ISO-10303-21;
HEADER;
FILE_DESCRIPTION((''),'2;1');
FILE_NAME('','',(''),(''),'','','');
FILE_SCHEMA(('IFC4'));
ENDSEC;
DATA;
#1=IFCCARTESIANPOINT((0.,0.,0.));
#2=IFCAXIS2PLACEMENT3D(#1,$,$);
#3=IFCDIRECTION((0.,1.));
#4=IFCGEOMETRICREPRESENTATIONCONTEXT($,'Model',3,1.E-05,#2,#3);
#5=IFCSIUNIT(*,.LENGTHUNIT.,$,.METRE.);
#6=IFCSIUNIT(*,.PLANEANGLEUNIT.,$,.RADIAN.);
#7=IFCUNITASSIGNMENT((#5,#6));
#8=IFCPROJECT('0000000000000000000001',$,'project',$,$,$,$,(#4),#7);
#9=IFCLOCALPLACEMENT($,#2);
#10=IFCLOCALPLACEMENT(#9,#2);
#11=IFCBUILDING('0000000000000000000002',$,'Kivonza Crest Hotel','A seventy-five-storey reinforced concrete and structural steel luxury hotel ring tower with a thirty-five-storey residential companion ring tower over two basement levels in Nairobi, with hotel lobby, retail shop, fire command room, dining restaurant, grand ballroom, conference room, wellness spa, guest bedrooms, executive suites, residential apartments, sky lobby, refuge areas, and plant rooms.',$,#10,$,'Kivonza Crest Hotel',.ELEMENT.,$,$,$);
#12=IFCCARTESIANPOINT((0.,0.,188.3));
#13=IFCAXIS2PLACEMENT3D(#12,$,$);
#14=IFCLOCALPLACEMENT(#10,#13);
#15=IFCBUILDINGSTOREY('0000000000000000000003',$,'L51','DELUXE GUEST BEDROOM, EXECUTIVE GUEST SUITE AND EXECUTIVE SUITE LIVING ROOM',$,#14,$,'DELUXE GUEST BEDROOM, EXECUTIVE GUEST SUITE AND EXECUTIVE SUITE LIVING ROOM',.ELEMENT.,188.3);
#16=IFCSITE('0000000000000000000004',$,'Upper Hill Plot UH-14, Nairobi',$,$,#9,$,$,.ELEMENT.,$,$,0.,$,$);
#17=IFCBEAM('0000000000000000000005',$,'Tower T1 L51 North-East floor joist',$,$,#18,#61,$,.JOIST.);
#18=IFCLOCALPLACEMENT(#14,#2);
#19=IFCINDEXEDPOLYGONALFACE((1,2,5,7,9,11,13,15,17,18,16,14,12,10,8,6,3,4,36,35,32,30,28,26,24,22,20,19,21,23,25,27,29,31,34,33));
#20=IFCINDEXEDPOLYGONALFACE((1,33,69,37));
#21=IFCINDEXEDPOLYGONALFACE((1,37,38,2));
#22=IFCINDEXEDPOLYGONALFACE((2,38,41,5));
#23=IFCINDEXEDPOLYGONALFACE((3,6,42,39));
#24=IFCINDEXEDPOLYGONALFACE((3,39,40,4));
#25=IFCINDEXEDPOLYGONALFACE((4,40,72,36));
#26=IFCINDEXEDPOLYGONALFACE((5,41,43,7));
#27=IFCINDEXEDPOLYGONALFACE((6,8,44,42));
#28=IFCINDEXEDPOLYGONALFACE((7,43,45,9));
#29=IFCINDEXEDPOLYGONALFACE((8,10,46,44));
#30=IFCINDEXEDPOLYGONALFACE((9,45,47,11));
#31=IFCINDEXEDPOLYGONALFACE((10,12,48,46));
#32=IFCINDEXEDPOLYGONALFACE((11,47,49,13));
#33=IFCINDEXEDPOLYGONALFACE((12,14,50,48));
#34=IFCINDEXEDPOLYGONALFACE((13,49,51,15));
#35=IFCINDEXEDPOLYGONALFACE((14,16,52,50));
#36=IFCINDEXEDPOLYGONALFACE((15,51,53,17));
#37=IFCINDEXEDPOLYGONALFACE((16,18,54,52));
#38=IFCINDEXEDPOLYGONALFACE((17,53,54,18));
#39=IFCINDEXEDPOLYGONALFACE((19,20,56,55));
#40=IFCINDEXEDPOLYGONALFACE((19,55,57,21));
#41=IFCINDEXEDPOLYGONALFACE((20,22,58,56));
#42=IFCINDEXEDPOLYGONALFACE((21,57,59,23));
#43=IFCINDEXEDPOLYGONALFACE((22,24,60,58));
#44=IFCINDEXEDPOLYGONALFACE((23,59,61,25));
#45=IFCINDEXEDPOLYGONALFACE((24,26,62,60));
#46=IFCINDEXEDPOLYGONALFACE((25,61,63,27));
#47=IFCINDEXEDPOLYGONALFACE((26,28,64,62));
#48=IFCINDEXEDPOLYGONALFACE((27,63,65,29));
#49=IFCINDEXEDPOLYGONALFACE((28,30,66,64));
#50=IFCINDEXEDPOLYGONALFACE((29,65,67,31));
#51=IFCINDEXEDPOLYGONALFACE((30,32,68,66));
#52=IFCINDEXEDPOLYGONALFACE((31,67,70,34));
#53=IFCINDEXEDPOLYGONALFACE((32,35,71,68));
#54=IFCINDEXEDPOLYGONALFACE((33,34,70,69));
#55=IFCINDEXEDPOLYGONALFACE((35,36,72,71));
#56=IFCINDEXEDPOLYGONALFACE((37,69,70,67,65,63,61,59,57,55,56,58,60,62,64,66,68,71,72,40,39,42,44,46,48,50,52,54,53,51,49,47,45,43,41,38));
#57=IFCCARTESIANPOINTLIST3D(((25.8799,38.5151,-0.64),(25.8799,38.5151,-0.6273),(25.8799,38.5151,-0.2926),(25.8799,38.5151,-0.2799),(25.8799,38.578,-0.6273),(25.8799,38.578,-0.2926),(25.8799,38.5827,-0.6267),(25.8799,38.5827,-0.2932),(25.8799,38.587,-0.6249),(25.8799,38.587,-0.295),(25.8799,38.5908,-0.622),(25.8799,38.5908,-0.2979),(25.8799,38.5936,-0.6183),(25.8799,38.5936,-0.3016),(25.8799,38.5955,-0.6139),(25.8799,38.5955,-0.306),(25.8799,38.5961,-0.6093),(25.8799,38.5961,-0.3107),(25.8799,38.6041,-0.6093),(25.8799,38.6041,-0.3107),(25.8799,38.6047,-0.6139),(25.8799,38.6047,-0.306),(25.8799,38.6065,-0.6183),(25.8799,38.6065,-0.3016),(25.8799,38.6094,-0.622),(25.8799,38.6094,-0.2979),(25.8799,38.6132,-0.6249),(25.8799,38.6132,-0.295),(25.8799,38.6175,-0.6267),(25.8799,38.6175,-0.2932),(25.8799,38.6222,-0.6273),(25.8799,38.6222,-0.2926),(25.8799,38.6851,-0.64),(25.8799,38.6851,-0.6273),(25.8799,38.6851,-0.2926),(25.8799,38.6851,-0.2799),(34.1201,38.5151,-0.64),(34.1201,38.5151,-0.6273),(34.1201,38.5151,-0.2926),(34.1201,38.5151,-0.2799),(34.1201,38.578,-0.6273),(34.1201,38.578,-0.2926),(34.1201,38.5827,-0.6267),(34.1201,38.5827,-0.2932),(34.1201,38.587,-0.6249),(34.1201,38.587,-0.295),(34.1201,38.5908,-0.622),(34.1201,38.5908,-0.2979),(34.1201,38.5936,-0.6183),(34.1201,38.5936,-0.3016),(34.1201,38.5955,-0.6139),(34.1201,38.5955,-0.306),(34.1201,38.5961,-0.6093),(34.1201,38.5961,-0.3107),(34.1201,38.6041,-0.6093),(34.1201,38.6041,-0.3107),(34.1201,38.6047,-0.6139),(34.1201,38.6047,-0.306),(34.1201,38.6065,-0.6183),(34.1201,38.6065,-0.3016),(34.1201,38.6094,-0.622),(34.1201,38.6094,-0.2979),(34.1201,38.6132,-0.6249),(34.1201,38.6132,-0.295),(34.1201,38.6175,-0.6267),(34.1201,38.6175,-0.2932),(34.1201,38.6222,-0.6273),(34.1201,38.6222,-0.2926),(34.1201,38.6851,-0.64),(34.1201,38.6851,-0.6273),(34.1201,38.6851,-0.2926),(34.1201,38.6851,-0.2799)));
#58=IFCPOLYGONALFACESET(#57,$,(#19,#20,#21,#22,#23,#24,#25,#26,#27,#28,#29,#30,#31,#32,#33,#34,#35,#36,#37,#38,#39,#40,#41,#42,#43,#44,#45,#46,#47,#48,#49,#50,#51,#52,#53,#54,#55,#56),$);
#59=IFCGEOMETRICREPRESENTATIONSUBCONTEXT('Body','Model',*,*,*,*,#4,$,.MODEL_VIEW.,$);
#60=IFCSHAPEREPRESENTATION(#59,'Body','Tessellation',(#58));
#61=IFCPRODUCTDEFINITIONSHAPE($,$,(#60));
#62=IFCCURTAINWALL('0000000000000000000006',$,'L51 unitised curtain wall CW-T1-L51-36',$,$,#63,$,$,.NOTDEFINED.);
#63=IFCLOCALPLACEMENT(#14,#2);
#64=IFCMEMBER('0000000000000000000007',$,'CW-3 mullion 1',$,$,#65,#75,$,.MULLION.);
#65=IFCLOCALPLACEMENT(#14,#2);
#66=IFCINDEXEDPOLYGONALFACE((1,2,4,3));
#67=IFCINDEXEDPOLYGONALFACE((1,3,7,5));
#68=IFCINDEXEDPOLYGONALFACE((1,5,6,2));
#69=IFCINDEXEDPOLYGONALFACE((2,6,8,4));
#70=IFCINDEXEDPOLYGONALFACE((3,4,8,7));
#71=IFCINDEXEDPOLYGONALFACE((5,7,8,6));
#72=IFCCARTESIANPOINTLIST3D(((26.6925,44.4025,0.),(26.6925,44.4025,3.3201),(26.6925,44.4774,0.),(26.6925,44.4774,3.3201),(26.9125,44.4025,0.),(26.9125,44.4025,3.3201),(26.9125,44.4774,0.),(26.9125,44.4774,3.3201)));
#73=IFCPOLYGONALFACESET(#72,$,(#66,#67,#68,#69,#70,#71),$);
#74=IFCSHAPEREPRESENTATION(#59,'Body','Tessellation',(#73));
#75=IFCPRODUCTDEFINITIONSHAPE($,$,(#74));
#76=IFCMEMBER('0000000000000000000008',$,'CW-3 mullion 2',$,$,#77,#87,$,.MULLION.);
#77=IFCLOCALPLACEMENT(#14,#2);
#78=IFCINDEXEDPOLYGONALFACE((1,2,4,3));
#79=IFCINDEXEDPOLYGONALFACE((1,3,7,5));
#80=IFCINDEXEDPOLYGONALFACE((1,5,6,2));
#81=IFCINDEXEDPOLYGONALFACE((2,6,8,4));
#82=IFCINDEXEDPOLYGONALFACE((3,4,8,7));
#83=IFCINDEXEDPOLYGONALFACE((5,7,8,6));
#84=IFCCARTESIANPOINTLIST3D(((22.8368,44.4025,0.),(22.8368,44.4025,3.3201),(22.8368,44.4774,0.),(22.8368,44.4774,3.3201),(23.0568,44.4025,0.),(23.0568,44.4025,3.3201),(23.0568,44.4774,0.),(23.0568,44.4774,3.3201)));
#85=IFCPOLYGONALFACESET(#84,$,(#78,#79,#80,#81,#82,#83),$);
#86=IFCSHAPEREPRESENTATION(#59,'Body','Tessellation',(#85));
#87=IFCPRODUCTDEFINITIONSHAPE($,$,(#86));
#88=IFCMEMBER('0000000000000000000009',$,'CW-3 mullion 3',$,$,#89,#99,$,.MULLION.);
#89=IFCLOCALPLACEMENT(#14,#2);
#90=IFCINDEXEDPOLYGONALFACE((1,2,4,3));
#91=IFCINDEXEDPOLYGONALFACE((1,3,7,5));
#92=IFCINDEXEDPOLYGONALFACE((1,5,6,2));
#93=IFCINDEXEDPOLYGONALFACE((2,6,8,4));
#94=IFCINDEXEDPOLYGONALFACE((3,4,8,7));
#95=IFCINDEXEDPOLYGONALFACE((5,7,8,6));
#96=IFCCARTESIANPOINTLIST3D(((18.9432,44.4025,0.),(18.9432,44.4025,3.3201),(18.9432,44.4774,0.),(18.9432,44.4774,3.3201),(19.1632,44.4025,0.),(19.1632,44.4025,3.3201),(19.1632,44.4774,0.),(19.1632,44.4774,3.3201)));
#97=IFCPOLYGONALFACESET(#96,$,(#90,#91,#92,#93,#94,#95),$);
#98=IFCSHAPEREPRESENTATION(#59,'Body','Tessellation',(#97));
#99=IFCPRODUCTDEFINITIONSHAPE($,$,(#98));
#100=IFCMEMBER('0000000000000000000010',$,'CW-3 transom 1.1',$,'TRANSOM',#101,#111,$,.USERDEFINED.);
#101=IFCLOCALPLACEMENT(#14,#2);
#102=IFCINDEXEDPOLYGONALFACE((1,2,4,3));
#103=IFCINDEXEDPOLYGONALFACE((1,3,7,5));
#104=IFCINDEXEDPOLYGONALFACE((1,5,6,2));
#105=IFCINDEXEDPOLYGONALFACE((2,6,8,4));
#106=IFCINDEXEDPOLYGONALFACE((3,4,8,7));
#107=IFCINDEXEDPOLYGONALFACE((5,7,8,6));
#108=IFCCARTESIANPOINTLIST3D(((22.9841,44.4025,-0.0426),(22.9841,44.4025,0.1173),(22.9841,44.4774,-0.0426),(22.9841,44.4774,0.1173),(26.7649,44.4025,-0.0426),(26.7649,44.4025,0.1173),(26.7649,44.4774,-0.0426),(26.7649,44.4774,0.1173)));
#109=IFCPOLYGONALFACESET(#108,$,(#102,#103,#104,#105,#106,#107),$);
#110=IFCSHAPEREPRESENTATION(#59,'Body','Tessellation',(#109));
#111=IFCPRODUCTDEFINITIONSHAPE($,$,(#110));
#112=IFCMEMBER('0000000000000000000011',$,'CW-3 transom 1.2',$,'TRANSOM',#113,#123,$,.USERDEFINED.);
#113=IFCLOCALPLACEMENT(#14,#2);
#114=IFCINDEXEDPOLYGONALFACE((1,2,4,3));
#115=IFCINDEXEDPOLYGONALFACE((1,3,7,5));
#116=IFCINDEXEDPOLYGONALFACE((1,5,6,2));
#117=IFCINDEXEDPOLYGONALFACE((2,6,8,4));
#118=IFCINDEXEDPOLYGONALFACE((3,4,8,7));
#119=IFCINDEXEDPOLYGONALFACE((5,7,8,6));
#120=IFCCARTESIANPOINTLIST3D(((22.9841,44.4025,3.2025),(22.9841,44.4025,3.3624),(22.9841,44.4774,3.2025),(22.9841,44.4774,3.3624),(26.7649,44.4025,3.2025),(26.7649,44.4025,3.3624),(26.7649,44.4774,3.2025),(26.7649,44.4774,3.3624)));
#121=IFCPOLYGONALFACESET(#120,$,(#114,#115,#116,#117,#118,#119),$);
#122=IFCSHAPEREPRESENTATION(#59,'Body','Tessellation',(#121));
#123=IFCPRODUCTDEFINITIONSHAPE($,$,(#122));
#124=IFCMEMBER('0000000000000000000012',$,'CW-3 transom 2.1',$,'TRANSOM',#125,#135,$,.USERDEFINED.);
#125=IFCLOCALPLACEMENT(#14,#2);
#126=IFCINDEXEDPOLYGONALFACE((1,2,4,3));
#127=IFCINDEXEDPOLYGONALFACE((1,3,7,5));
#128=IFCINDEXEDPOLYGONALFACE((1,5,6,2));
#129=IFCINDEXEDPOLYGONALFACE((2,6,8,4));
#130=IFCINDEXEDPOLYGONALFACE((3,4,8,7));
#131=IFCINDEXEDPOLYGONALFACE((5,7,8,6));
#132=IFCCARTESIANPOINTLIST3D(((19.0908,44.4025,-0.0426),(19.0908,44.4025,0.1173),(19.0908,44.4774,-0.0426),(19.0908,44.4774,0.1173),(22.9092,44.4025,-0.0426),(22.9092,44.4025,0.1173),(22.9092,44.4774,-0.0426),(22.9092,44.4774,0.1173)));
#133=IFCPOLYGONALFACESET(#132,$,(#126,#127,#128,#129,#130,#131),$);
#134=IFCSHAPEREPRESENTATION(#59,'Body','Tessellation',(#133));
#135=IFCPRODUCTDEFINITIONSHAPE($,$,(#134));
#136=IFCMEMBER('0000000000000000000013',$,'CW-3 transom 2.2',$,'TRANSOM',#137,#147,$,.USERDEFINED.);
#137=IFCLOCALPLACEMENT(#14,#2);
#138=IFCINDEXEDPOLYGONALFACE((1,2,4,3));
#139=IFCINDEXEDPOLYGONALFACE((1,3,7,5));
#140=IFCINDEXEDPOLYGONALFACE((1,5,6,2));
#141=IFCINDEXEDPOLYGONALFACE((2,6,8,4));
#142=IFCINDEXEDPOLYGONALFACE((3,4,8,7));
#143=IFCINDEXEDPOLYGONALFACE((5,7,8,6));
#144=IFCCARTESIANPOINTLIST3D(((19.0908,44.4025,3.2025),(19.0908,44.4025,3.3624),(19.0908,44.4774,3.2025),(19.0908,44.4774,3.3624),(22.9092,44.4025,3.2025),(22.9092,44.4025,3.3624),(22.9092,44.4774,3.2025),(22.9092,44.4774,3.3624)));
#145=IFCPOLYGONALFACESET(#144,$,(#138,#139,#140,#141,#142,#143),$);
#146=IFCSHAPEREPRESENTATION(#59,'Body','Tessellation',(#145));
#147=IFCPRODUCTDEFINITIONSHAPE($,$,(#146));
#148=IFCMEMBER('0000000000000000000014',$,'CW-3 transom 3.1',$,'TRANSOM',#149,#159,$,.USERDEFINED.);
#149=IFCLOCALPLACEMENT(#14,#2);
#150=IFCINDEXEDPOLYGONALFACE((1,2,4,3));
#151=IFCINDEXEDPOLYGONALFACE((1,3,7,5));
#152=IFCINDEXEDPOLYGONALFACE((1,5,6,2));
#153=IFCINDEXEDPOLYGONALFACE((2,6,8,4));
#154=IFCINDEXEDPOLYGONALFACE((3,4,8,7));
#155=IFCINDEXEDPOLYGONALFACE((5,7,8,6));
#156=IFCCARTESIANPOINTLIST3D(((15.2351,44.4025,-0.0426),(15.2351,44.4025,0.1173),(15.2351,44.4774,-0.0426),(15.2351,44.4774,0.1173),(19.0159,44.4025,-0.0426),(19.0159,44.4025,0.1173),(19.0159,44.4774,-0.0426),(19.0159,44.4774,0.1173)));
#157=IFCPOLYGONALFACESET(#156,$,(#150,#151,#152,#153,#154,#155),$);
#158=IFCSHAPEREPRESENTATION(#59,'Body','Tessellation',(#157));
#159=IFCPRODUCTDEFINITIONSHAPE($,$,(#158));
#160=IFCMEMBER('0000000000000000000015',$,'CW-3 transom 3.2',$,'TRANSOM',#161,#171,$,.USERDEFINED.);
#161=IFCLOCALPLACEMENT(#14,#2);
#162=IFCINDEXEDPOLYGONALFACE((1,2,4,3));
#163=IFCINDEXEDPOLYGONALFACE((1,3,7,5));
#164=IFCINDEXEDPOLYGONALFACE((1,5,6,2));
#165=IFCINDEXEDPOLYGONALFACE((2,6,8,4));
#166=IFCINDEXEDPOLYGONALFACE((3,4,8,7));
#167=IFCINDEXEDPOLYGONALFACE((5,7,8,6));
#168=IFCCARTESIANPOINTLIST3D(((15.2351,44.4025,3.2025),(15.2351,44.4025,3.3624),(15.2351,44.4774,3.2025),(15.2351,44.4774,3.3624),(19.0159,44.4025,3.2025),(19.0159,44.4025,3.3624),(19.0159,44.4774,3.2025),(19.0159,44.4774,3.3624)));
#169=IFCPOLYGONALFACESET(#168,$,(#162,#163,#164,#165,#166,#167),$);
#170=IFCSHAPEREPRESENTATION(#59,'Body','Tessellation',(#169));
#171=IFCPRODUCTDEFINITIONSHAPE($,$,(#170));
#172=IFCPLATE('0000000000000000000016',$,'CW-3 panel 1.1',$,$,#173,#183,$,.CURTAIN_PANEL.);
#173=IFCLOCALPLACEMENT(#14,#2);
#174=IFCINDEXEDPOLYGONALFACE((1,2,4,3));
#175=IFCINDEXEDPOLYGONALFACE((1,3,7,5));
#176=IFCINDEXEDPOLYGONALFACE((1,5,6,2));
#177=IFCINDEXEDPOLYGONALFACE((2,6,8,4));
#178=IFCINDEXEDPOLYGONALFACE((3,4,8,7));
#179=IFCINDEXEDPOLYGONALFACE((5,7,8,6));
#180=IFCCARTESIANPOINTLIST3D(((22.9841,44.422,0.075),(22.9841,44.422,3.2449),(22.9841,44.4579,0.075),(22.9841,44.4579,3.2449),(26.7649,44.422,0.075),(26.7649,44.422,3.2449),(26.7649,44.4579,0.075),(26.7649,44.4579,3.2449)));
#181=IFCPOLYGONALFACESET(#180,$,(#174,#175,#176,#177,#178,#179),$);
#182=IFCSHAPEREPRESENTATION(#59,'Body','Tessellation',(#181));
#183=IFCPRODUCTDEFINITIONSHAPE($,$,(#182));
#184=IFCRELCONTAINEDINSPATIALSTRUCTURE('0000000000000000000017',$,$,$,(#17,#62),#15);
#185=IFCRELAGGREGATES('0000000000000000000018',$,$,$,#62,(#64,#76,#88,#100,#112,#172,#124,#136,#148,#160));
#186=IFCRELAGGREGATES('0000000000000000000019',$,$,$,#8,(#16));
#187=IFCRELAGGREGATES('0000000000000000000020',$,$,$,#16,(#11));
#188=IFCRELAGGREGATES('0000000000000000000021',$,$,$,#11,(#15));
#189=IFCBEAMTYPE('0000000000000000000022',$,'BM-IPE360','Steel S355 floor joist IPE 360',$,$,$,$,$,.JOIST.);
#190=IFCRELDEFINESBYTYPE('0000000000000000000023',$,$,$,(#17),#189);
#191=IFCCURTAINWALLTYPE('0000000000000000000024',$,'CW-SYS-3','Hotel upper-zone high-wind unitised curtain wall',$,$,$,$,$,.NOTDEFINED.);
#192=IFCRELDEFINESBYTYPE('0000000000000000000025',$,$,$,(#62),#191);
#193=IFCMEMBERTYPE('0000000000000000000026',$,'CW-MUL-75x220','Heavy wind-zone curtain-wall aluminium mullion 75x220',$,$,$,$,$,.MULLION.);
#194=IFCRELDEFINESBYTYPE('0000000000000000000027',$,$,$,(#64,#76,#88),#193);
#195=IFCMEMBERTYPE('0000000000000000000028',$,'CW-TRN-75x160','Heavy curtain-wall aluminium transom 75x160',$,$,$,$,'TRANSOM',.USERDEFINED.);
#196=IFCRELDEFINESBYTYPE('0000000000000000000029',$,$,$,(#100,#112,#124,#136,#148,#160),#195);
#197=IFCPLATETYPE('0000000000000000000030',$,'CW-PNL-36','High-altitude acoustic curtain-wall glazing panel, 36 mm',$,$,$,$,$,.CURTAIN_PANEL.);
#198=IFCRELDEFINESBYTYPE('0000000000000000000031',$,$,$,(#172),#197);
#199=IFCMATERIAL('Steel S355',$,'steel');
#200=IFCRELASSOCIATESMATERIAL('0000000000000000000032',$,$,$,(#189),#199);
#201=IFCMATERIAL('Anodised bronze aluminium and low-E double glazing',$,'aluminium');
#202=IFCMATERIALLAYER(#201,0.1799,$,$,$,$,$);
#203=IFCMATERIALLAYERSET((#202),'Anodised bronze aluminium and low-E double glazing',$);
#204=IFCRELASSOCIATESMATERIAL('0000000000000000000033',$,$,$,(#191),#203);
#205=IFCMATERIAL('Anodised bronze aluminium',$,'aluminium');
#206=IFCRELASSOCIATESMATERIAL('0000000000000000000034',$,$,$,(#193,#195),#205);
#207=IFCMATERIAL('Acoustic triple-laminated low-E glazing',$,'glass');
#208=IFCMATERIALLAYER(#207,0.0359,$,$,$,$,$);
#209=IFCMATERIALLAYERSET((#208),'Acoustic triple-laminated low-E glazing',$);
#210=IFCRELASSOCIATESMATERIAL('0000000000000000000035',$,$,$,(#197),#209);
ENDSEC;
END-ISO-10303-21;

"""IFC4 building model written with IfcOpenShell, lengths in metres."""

from ifc_helpers import new_model, si_unit, direction, frame, origin, origin_2d, place, context, subcontext, project, spatial, rectangle, i_section, extrude, material, layer, layer_set, material_profile, profile_set, type_object, element, aggregate, save


model = new_model("IFC4")

# Units and contexts
model_context = context("Model", 3, precision=1e-05, world=origin(), true_north=direction((0.0, 1.0)))
body_context = subcontext(model_context, "Body", "Model", "MODEL_VIEW")
ifc_project = project(units=[si_unit("LENGTHUNIT", "METRE"), si_unit("PLANEANGLEUNIT", "RADIAN")], contexts=[model_context])

# Site, building, storey
site_placement = place(None, origin())
site = spatial("IfcSite", under=ifc_project, at=site_placement, Name="Upper Hill Plot UH-14, Nairobi", CompositionType="ELEMENT", RefElevation=0.0)
building_placement = place(site_placement, origin())
building = spatial("IfcBuilding", under=site, at=building_placement, Name="Kivonza Crest Hotel", Description="A seventy-five-storey reinforced concrete and structural steel luxury hotel ring tower with a thirty-five-storey residential companion ring tower over two basement levels in Nairobi, with hotel lobby, retail shop, fire command room, dining restaurant, grand ballroom, conference room, wellness spa, guest bedrooms, executive suites, residential apartments, sky lobby, refuge areas, and plant rooms.", LongName="Kivonza Crest Hotel", CompositionType="ELEMENT")
storey_placement = place(building_placement, frame((0.0, 0.0, 188.3)))
storey = spatial("IfcBuildingStorey", under=building, at=storey_placement, Name="L51", Description="DELUXE GUEST BEDROOM, EXECUTIVE GUEST SUITE AND EXECUTIVE SUITE LIVING ROOM", LongName="DELUXE GUEST BEDROOM, EXECUTIVE GUEST SUITE AND EXECUTIVE SUITE LIVING ROOM", CompositionType="ELEMENT", Elevation=188.3)

# Beam
ifc_material_1 = material(Name="Steel S355", Category="steel")
ifc_material_profile_1 = material_profile(ifc_material_1, i_section(OverallWidth=0.1699, OverallDepth=0.3601, WebThickness=0.0081, FlangeThickness=0.0127, FilletRadius=0.0181, at=origin_2d()), Name="IPE 360")
ifc_profile_set_1 = profile_set([ifc_material_profile_1], Name="Steel S355")
beam_type_1 = type_object("IfcBeamType", Name="BM-IPE360", Description="Steel S355 floor joist IPE 360", PredefinedType="JOIST", material=ifc_profile_set_1)
beam_1_placement = place(storey_placement, frame((25.8799, 38.6001, -0.46), z_axis=(1.0, 0.0, 0.0), x_axis=(0.0, 1.0, 0.0)))
element("IfcBeam", 1, at=beam_1_placement, inside=storey, type_object=beam_type_1, Name="Tower T1 L51 North-East floor joist", PredefinedType="JOIST", context=body_context, shape_type="SweptSolid", body=[
    extrude(i_section(OverallWidth=0.1699, OverallDepth=0.3601, WebThickness=0.0081, FlangeThickness=0.0127, FilletRadius=0.0181, at=origin_2d()), origin(), (0.0, 0.0, 1.0), 8.2402),
])

# Curtain wall, members, plate
ifc_material_2 = material(Name="Anodised bronze aluminium and low-E double glazing", Category="aluminium")
ifc_layer_1 = layer(ifc_material_2, 0.1799)
ifc_layer_set_1 = layer_set([ifc_layer_1], Name="Anodised bronze aluminium and low-E double glazing")
curtain_wall_type = type_object("IfcCurtainWallType", Name="CW-SYS-3", Description="Hotel upper-zone high-wind unitised curtain wall", PredefinedType="NOTDEFINED", material=ifc_layer_set_1)
curtain_wall_placement = place(storey_placement, origin())
curtain_wall = element("IfcCurtainWall", 2, at=curtain_wall_placement, inside=storey, type_object=curtain_wall_type, Name="L51 unitised curtain wall CW-T1-L51-36", PredefinedType="NOTDEFINED")
ifc_material_3 = material(Name="Anodised bronze aluminium", Category="aluminium")
ifc_material_profile_2 = material_profile(ifc_material_3, rectangle(XDim=0.075, YDim=0.22, at=origin_2d()), Name="CW-M 75x220")
ifc_profile_set_2 = profile_set([ifc_material_profile_2], Name="Anodised bronze aluminium")
member_type_1 = type_object("IfcMemberType", Name="CW-MUL-75x220", Description="Heavy wind-zone curtain-wall aluminium mullion 75x220", PredefinedType="MULLION", material=ifc_profile_set_2)
member_1_placement = place(storey_placement, frame((26.8025, 44.4399, 0.0), z_axis=(0.0, 0.0, 1.0), x_axis=(0.0, -1.0, 0.0)))
member_1 = element("IfcMember", 3, at=member_1_placement, type_object=member_type_1, Name="CW-3 mullion 1", PredefinedType="MULLION", context=body_context, shape_type="SweptSolid", body=[
    extrude(rectangle(XDim=0.075, YDim=0.22, at=origin_2d()), origin(), (0.0, 0.0, 1.0), 3.3201),
])
member_2_placement = place(storey_placement, frame((22.9468, 44.4399, 0.0), z_axis=(0.0, 0.0, 1.0), x_axis=(0.0, -1.0, 0.0)))
member_2 = element("IfcMember", 4, at=member_2_placement, type_object=member_type_1, Name="CW-3 mullion 2", PredefinedType="MULLION", context=body_context, shape_type="SweptSolid", body=[
    extrude(rectangle(XDim=0.075, YDim=0.22, at=origin_2d()), origin(), (0.0, 0.0, 1.0), 3.3201),
])
member_3_placement = place(storey_placement, frame((19.0532, 44.4399, 0.0), z_axis=(0.0, 0.0, 1.0), x_axis=(0.0, -1.0, 0.0)))
member_3 = element("IfcMember", 5, at=member_3_placement, type_object=member_type_1, Name="CW-3 mullion 3", PredefinedType="MULLION", context=body_context, shape_type="SweptSolid", body=[
    extrude(rectangle(XDim=0.075, YDim=0.22, at=origin_2d()), origin(), (0.0, 0.0, 1.0), 3.3201),
])
ifc_material_profile_3 = material_profile(ifc_material_3, rectangle(XDim=0.075, YDim=0.1599, at=origin_2d()), Name="CW-T 75x160")
ifc_profile_set_3 = profile_set([ifc_material_profile_3], Name="Anodised bronze aluminium")
member_type_2 = type_object("IfcMemberType", Name="CW-TRN-75x160", Description="Heavy curtain-wall aluminium transom 75x160", ElementType="TRANSOM", PredefinedType="USERDEFINED", material=ifc_profile_set_3)
member_4_placement = place(storey_placement, frame((26.7649, 44.4399, 0.0374), z_axis=(-1.0, 0.0, 0.0), x_axis=(0.0, -1.0, 0.0)))
member_4 = element("IfcMember", 6, at=member_4_placement, type_object=member_type_2, Name="CW-3 transom 1.1", ObjectType="TRANSOM", PredefinedType="USERDEFINED", context=body_context, shape_type="SweptSolid", body=[
    extrude(rectangle(XDim=0.075, YDim=0.1599, at=origin_2d()), origin(), (0.0, 0.0, 1.0), 3.7808),
])
member_5_placement = place(storey_placement, frame((26.7649, 44.4399, 3.2825), z_axis=(-1.0, 0.0, 0.0), x_axis=(0.0, -1.0, 0.0)))
member_5 = element("IfcMember", 7, at=member_5_placement, type_object=member_type_2, Name="CW-3 transom 1.2", ObjectType="TRANSOM", PredefinedType="USERDEFINED", context=body_context, shape_type="SweptSolid", body=[
    extrude(rectangle(XDim=0.075, YDim=0.1599, at=origin_2d()), origin(), (0.0, 0.0, 1.0), 3.7808),
])
member_6_placement = place(storey_placement, frame((22.9092, 44.4399, 0.0374), z_axis=(-1.0, 0.0, 0.0), x_axis=(0.0, -1.0, 0.0)))
member_6 = element("IfcMember", 8, at=member_6_placement, type_object=member_type_2, Name="CW-3 transom 2.1", ObjectType="TRANSOM", PredefinedType="USERDEFINED", context=body_context, shape_type="SweptSolid", body=[
    extrude(rectangle(XDim=0.075, YDim=0.1599, at=origin_2d()), origin(), (0.0, 0.0, 1.0), 3.8184),
])
member_7_placement = place(storey_placement, frame((22.9092, 44.4399, 3.2825), z_axis=(-1.0, 0.0, 0.0), x_axis=(0.0, -1.0, 0.0)))
member_7 = element("IfcMember", 9, at=member_7_placement, type_object=member_type_2, Name="CW-3 transom 2.2", ObjectType="TRANSOM", PredefinedType="USERDEFINED", context=body_context, shape_type="SweptSolid", body=[
    extrude(rectangle(XDim=0.075, YDim=0.1599, at=origin_2d()), origin(), (0.0, 0.0, 1.0), 3.8184),
])
member_8_placement = place(storey_placement, frame((19.0159, 44.4399, 0.0374), z_axis=(-1.0, 0.0, 0.0), x_axis=(0.0, -1.0, 0.0)))
member_8 = element("IfcMember", 10, at=member_8_placement, type_object=member_type_2, Name="CW-3 transom 3.1", ObjectType="TRANSOM", PredefinedType="USERDEFINED", context=body_context, shape_type="SweptSolid", body=[
    extrude(rectangle(XDim=0.075, YDim=0.1599, at=origin_2d()), origin(), (0.0, 0.0, 1.0), 3.7808),
])
member_9_placement = place(storey_placement, frame((19.0159, 44.4399, 3.2825), z_axis=(-1.0, 0.0, 0.0), x_axis=(0.0, -1.0, 0.0)))
member_9 = element("IfcMember", 11, at=member_9_placement, type_object=member_type_2, Name="CW-3 transom 3.2", ObjectType="TRANSOM", PredefinedType="USERDEFINED", context=body_context, shape_type="SweptSolid", body=[
    extrude(rectangle(XDim=0.075, YDim=0.1599, at=origin_2d()), origin(), (0.0, 0.0, 1.0), 3.7808),
])
ifc_material_4 = material(Name="Acoustic triple-laminated low-E glazing", Category="glass")
ifc_layer_2 = layer(ifc_material_4, 0.0359)
ifc_layer_set_2 = layer_set([ifc_layer_2], Name="Acoustic triple-laminated low-E glazing")
plate_type = type_object("IfcPlateType", Name="CW-PNL-36", Description="High-altitude acoustic curtain-wall glazing panel, 36 mm", PredefinedType="CURTAIN_PANEL", material=ifc_layer_set_2)
plate_1_placement = place(storey_placement, frame((24.8745, 44.4399, 0.075), z_axis=(0.0, 0.0, 1.0), x_axis=(-1.0, 0.0, 0.0)))
plate_1 = element("IfcPlate", 12, at=plate_1_placement, type_object=plate_type, Name="CW-3 panel 1.1", PredefinedType="CURTAIN_PANEL", context=body_context, shape_type="SweptSolid", body=[
    extrude(rectangle(XDim=3.7808, YDim=0.0359, at=origin_2d()), origin(), (0.0, 0.0, 1.0), 3.1699),
])
aggregate(curtain_wall, [member_1, member_2, member_3, member_4, member_5, plate_1, member_6, member_7, member_8, member_9])

save(model, "model.ifc")
